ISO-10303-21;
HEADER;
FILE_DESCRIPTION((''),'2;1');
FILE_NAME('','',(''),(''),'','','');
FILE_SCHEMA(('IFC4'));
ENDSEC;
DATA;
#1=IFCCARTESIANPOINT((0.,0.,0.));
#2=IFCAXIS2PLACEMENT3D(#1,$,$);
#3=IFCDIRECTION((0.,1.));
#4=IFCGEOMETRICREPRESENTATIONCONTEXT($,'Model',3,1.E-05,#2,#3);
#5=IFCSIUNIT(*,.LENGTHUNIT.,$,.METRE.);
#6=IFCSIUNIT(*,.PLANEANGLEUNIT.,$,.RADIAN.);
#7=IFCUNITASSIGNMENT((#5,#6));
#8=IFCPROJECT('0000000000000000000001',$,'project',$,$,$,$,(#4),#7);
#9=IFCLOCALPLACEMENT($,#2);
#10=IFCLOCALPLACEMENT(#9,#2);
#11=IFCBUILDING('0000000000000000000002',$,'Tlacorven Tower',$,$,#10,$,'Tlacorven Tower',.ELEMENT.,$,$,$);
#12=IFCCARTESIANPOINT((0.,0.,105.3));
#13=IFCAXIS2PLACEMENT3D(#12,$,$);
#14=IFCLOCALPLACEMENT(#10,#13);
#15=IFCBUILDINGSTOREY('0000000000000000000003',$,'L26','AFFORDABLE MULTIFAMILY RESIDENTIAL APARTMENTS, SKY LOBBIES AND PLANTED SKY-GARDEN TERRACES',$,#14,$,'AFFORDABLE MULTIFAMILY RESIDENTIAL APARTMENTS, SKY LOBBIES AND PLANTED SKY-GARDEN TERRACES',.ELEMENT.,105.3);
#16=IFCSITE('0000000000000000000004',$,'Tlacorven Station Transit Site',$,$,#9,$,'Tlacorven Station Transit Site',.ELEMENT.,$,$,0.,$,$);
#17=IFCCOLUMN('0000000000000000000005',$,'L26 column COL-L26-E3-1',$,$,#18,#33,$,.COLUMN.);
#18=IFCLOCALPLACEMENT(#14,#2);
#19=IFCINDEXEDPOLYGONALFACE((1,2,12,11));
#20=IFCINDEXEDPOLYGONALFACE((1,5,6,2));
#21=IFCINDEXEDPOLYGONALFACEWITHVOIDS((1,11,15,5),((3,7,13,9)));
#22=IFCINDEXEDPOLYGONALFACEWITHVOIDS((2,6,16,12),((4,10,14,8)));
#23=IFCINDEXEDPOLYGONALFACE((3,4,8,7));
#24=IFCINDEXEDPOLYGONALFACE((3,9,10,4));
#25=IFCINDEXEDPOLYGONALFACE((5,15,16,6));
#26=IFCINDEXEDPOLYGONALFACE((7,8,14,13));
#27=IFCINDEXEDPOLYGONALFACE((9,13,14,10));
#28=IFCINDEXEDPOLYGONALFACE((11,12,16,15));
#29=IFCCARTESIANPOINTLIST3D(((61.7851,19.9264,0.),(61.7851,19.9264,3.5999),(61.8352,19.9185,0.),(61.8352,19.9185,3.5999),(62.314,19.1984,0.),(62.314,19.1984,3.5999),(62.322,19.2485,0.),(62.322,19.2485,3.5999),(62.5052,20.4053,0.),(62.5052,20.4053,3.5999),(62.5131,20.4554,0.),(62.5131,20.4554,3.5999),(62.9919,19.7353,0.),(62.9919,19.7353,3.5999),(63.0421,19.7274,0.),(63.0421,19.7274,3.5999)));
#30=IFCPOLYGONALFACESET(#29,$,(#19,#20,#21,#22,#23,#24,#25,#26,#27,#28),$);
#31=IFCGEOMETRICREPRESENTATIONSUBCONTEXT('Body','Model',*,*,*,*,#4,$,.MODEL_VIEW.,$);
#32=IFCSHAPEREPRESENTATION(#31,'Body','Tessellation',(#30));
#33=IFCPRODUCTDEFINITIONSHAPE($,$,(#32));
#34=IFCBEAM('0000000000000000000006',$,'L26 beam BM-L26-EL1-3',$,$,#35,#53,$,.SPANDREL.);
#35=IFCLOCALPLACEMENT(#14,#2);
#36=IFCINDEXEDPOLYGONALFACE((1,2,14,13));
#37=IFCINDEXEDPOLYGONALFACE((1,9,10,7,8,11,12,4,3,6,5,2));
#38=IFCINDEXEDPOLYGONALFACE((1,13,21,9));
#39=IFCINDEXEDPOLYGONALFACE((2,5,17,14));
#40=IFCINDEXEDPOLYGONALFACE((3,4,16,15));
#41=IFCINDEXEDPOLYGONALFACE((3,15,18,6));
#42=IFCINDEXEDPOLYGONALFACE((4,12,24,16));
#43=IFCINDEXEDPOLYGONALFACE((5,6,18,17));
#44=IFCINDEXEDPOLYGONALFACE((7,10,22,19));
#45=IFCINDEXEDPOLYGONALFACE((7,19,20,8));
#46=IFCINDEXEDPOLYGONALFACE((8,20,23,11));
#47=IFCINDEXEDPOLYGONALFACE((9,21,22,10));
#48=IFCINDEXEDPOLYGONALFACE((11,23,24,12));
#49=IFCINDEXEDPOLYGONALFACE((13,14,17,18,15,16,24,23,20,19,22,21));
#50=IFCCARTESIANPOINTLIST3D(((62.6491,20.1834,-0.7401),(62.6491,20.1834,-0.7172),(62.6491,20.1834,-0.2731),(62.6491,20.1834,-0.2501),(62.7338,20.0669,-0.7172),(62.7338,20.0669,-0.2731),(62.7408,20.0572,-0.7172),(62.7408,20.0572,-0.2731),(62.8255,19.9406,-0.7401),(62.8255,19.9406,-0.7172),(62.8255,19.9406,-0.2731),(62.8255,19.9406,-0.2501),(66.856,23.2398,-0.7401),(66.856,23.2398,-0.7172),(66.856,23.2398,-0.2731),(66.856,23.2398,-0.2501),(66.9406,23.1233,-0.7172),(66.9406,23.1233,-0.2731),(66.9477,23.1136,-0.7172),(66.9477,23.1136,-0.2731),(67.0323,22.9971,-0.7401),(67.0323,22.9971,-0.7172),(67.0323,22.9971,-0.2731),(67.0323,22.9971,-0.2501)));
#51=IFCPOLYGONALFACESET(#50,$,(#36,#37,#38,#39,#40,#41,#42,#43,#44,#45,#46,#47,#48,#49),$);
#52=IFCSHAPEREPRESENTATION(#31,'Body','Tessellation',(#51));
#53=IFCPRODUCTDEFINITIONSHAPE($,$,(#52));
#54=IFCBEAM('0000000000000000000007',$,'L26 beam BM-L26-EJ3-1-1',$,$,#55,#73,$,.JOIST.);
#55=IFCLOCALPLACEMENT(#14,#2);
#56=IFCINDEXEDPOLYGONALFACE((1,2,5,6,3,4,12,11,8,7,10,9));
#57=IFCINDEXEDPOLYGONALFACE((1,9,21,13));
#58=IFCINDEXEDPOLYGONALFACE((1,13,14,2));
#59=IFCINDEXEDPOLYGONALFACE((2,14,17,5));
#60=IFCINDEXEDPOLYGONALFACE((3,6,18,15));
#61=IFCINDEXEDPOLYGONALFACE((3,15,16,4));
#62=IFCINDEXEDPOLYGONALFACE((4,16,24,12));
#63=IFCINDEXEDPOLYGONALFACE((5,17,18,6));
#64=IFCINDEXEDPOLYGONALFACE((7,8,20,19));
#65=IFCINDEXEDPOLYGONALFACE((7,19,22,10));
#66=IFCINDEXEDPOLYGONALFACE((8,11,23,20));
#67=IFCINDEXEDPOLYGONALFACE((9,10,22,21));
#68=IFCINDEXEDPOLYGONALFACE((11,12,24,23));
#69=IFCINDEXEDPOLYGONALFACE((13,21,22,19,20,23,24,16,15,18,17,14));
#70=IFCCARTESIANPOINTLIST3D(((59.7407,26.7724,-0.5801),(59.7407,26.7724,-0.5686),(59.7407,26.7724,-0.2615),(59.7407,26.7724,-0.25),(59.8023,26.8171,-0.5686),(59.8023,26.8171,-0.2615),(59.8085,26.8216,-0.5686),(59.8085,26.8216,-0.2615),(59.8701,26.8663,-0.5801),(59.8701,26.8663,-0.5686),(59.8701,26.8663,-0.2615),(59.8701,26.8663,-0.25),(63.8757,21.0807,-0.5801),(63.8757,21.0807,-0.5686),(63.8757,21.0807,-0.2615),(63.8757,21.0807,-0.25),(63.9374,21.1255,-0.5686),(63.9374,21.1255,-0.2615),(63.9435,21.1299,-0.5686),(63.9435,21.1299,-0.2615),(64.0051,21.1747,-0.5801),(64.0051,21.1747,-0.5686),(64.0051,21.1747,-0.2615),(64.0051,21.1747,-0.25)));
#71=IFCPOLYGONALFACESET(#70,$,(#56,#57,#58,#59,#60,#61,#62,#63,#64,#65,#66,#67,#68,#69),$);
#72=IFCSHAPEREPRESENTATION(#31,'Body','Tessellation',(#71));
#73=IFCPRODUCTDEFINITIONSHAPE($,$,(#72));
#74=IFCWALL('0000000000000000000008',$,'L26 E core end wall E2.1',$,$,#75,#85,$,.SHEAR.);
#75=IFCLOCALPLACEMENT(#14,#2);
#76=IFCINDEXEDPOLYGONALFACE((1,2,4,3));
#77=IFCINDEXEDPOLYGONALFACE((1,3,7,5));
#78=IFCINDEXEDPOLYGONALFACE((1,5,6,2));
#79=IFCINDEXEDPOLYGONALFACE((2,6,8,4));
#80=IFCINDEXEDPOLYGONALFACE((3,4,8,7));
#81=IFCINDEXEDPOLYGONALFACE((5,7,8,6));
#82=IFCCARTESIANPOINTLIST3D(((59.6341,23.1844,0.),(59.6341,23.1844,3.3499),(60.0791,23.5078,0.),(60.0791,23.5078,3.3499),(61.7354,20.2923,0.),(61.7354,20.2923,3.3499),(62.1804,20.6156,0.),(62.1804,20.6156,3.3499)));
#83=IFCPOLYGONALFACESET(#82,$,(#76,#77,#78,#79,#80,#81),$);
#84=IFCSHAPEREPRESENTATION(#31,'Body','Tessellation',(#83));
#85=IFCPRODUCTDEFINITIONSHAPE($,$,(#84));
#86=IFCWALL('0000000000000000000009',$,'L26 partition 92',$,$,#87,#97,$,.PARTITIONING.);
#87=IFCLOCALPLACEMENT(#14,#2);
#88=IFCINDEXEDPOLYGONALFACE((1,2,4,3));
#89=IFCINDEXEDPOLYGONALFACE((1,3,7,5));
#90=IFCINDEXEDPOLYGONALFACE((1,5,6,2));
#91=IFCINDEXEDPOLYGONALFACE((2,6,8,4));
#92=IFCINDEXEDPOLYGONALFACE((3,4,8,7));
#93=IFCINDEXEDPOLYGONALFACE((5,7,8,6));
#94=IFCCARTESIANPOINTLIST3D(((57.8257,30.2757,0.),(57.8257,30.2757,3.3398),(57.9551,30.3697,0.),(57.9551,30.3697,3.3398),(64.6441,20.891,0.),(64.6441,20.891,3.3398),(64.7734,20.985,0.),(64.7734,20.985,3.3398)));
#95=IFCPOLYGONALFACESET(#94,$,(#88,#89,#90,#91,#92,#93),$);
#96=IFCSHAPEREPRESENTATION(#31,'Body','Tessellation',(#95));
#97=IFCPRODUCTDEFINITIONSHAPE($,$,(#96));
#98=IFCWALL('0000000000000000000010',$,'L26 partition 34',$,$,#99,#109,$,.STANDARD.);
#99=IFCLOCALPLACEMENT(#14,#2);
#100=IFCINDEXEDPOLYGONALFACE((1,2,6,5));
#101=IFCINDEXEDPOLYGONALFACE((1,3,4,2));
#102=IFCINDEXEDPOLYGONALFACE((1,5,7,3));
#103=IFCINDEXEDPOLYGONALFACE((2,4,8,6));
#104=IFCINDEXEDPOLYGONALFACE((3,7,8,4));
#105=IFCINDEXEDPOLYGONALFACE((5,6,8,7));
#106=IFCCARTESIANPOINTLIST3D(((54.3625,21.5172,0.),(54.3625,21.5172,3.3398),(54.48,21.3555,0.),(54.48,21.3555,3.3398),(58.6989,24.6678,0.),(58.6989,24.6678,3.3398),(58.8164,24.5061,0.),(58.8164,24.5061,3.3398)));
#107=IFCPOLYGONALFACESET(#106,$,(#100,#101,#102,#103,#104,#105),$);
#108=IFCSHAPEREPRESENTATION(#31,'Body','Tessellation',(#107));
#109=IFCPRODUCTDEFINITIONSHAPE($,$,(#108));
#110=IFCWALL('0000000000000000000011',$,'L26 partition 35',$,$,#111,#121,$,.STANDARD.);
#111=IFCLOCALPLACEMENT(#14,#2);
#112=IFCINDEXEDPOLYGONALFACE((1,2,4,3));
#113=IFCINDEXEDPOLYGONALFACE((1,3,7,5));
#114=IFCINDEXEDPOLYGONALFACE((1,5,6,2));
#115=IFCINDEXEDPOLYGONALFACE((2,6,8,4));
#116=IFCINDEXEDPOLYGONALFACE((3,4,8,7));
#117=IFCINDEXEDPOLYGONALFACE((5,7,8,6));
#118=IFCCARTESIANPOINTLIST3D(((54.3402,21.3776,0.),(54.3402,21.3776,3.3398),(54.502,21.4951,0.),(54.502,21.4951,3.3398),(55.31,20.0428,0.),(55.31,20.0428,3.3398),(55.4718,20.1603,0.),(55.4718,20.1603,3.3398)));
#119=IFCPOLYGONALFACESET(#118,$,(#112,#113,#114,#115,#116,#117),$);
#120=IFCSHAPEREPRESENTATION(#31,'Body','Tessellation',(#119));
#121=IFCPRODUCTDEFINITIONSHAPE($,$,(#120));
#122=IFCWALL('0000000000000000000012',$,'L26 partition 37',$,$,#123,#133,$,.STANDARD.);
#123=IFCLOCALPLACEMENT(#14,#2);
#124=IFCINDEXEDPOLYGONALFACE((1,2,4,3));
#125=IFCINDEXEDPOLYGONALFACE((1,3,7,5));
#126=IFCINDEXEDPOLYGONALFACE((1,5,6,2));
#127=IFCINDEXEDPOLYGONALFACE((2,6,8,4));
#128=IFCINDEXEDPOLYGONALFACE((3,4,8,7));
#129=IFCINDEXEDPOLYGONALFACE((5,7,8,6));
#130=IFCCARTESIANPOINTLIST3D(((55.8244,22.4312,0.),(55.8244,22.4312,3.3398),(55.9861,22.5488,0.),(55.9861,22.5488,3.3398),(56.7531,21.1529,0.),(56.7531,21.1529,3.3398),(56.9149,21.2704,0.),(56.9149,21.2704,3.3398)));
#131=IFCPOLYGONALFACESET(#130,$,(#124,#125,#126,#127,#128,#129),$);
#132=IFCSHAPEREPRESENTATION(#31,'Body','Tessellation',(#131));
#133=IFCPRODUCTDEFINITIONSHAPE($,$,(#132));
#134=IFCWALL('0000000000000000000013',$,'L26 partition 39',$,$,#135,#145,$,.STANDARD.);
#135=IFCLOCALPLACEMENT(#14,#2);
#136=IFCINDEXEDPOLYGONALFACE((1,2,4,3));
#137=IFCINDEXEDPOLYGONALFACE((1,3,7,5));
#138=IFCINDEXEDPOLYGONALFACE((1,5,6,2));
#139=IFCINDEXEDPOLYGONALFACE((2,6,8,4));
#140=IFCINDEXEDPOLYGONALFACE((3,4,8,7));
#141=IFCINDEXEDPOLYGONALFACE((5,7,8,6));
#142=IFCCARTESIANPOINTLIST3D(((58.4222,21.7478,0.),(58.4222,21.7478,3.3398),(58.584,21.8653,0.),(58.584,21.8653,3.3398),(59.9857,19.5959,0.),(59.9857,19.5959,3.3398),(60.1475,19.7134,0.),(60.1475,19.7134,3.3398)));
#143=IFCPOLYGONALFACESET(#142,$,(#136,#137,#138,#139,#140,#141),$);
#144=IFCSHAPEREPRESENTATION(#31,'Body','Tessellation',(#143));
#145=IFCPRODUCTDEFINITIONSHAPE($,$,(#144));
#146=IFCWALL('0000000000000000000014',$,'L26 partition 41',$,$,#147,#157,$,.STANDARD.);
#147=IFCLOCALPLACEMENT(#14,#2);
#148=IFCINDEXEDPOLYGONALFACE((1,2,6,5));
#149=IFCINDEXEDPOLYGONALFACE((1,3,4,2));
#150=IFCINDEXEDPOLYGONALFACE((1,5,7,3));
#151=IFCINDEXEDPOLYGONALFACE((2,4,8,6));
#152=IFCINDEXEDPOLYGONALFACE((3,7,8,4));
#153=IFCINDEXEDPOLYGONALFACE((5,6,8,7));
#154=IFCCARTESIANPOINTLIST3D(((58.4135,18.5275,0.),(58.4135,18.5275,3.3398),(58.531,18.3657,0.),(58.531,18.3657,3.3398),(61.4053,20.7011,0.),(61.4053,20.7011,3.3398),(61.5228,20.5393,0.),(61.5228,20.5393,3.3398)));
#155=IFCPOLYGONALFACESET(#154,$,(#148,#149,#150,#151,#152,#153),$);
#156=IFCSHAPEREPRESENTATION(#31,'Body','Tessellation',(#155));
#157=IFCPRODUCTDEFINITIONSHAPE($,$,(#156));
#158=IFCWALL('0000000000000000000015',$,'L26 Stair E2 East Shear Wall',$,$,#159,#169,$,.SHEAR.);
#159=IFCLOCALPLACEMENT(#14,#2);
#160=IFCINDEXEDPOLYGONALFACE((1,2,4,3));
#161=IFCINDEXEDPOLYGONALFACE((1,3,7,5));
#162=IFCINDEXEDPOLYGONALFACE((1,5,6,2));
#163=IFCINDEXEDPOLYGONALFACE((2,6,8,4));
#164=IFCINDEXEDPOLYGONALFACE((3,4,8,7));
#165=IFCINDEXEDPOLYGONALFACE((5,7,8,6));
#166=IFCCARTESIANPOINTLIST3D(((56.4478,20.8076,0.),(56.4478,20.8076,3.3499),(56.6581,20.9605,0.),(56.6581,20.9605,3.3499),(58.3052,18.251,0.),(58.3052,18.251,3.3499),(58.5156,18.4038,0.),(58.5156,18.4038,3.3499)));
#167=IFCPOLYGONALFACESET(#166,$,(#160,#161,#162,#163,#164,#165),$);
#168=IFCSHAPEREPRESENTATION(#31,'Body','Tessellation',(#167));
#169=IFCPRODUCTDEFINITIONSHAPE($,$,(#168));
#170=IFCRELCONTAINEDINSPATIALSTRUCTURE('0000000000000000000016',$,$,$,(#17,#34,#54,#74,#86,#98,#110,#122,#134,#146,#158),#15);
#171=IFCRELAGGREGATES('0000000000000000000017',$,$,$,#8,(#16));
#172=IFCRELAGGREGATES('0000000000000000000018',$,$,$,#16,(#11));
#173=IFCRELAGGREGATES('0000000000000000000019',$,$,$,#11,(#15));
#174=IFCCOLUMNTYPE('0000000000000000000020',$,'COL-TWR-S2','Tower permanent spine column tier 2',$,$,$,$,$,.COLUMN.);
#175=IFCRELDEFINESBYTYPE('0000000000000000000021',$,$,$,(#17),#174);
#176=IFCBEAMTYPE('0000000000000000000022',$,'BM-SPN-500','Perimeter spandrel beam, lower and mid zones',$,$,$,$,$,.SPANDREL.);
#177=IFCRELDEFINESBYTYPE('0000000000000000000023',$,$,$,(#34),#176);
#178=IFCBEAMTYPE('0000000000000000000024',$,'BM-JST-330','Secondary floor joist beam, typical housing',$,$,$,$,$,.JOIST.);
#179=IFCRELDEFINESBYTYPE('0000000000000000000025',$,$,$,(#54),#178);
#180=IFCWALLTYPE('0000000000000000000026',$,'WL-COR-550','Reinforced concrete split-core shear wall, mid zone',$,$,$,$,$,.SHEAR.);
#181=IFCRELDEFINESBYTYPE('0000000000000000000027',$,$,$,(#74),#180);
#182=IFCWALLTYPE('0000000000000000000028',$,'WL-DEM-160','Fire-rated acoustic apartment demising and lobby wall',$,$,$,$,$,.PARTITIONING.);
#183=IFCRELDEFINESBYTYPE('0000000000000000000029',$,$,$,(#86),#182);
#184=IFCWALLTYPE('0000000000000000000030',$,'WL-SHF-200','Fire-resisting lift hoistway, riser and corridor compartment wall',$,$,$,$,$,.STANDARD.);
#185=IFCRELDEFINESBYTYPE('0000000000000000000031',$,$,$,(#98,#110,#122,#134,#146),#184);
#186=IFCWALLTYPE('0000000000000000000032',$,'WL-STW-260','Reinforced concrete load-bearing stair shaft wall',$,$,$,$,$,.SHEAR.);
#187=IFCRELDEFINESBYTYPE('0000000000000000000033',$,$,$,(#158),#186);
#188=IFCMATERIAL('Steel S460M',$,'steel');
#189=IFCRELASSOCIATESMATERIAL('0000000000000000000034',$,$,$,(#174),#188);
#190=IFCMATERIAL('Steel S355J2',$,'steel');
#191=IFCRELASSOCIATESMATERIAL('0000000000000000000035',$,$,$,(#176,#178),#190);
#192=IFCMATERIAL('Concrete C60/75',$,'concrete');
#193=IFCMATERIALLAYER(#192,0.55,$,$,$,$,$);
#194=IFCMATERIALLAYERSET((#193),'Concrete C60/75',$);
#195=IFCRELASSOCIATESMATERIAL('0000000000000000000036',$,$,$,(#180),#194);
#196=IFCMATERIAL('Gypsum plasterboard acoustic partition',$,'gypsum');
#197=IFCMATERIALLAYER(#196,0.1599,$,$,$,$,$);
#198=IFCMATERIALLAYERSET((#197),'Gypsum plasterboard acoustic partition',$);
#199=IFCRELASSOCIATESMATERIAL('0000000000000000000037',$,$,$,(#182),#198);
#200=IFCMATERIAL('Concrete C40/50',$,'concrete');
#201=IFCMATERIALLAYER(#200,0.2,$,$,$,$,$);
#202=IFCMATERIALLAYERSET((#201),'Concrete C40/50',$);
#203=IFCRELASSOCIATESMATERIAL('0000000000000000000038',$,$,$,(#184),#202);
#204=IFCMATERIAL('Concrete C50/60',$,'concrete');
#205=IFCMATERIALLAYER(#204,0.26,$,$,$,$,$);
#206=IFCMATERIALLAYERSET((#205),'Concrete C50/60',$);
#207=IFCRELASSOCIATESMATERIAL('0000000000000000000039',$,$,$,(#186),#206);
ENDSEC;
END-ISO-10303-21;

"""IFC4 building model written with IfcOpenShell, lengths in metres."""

from ifc_helpers import new_model, si_unit, direction, frame, frame_2d, origin, origin_2d, place, context, subcontext, project, spatial, rectangle, hollow_rectangle, i_section, extrude, source, transform, mapped, material, layer, layer_set, material_profile, profile_set, type_object, element, save


model = new_model("IFC4")

# Units and contexts
model_context = context("Model", 3, precision=1e-05, world=origin(), true_north=direction((0.0, 1.0)))
body_context = subcontext(model_context, "Body", "Model", "MODEL_VIEW")
ifc_project = project(units=[si_unit("LENGTHUNIT", "METRE"), si_unit("PLANEANGLEUNIT", "RADIAN")], contexts=[model_context])

# Site, building, storey
site_placement = place(None, origin())
site = spatial("IfcSite", under=ifc_project, at=site_placement, Name="Tlacorven Station Transit Site", LongName="Tlacorven Station Transit Site", CompositionType="ELEMENT", RefElevation=0.0)
building_placement = place(site_placement, origin())
building = spatial("IfcBuilding", under=site, at=building_placement, Name="Tlacorven Tower", LongName="Tlacorven Tower", CompositionType="ELEMENT")
storey_placement = place(building_placement, frame((0.0, 0.0, 105.3)))
storey = spatial("IfcBuildingStorey", under=building, at=storey_placement, Name="L26", Description="AFFORDABLE MULTIFAMILY RESIDENTIAL APARTMENTS, SKY LOBBIES AND PLANTED SKY-GARDEN TERRACES", LongName="AFFORDABLE MULTIFAMILY RESIDENTIAL APARTMENTS, SKY LOBBIES AND PLANTED SKY-GARDEN TERRACES", CompositionType="ELEMENT", Elevation=105.3)

# Column
ifc_material_1 = material(Name="Steel S460M", Category="steel")
ifc_material_profile_1 = material_profile(ifc_material_1, hollow_rectangle(XDim=0.8999, YDim=0.8999, WallThickness=0.0359, at=origin_2d()), Name="BOX 900X900X36")
ifc_profile_set_1 = profile_set([ifc_material_profile_1], Name="Steel S460M")
column_type = type_object("IfcColumnType", Name="COL-TWR-S2", Description="Tower permanent spine column tier 2", PredefinedType="COLUMN", material=ifc_profile_set_1)
shared_shape_1 = source(origin(), body_context, "Body", "SweptSolid", [
    extrude(hollow_rectangle(XDim=0.8999, YDim=0.8999, WallThickness=0.0359, at=origin_2d()), origin(), (0.0, 0.0, 1.0), 3.5999),
])
column_placement = place(storey_placement, frame((62.4136, 19.8269, 0.0), z_axis=(0.0, 0.0, 1.0), x_axis=(0.809017, 0.587785, 0.0)))
element("IfcColumn", 1, at=column_placement, inside=storey, type_object=column_type, Name="L26 column COL-L26-E3-1", PredefinedType="COLUMN", context=body_context, shape_type="MappedRepresentation", body=[
    mapped(shared_shape_1, transform((0.0, 0.0, 0.0), scale=1.0)),
])

# Beams
ifc_material_2 = material(Name="Steel S355J2", Category="steel")
ifc_material_profile_2 = material_profile(ifc_material_2, i_section(OverallWidth=0.3, OverallDepth=0.49, WebThickness=0.012, FlangeThickness=0.0229, at=origin_2d()), Name="HEA 500")
ifc_profile_set_2 = profile_set([ifc_material_profile_2], Name="Steel S355J2")
beam_type_1 = type_object("IfcBeamType", Name="BM-SPN-500", Description="Perimeter spandrel beam, lower and mid zones", PredefinedType="SPANDREL", material=ifc_profile_set_2)
shared_shape_2 = source(origin(), body_context, "Body", "SweptSolid", [
    extrude(i_section(OverallWidth=0.3, OverallDepth=0.49, WebThickness=0.012, FlangeThickness=0.0229, at=origin_2d()), origin(), (0.0, 0.0, 1.0), 5.2),
])
beam_1_placement = place(storey_placement, frame((62.7373, 20.062, -0.4951), z_axis=(0.809018, 0.587784, 0.0), x_axis=(-0.587784, 0.809018, 0.0)))
element("IfcBeam", 2, at=beam_1_placement, inside=storey, type_object=beam_type_1, Name="L26 beam BM-L26-EL1-3", PredefinedType="SPANDREL", context=body_context, shape_type="MappedRepresentation", body=[
    mapped(shared_shape_2, transform((0.0, 0.0, 0.0), scale=1.0)),
])
ifc_material_profile_3 = material_profile(ifc_material_2, i_section(OverallWidth=0.1599, OverallDepth=0.3301, WebThickness=0.0076, FlangeThickness=0.0115, at=origin_2d()), Name="IPE 330")
ifc_profile_set_3 = profile_set([ifc_material_profile_3], Name="Steel S355J2")
beam_type_2 = type_object("IfcBeamType", Name="BM-JST-330", Description="Secondary floor joist beam, typical housing", PredefinedType="JOIST", material=ifc_profile_set_3)
shared_shape_3 = source(origin(), body_context, "Body", "SweptSolid", [
    extrude(i_section(OverallWidth=0.1599, OverallDepth=0.3301, WebThickness=0.0076, FlangeThickness=0.0115, at=origin_2d()), origin(), (0.0, 0.0, 1.0), 7.0352),
])
beam_2_placement = place(storey_placement, frame((63.9404, 21.1277, -0.415), z_axis=(-0.587765, 0.809032, 0.0), x_axis=(-0.809032, -0.587765, 0.0)))
element("IfcBeam", 3, at=beam_2_placement, inside=storey, type_object=beam_type_2, Name="L26 beam BM-L26-EJ3-1-1", PredefinedType="JOIST", context=body_context, shape_type="MappedRepresentation", body=[
    mapped(shared_shape_3, transform((0.0, 0.0, 0.0), scale=1.0)),
])

# Walls
ifc_material_3 = material(Name="Concrete C60/75", Category="concrete")
ifc_layer_1 = layer(ifc_material_3, 0.55)
ifc_layer_set_1 = layer_set([ifc_layer_1], Name="Concrete C60/75")
wall_type_1 = type_object("IfcWallType", Name="WL-COR-550", Description="Reinforced concrete split-core shear wall, mid zone", PredefinedType="SHEAR", material=ifc_layer_set_1)
wall_1_placement = place(storey_placement, frame((61.958, 20.4539, 0.0), z_axis=(0.0, 0.0, 1.0), x_axis=(-0.587802, 0.809005, 0.0)))
element("IfcWall", 4, at=wall_1_placement, inside=storey, type_object=wall_type_1, Name="L26 E core end wall E2.1", PredefinedType="SHEAR", context=body_context, shape_type="SweptSolid", body=[
    extrude(rectangle(XDim=3.575, YDim=0.55, at=frame_2d((1.7876, 0.0))), origin(), (0.0, 0.0, 1.0), 3.3499),
])
ifc_material_4 = material(Name="Gypsum plasterboard acoustic partition", Category="gypsum")
ifc_layer_2 = layer(ifc_material_4, 0.1599)
ifc_layer_set_2 = layer_set([ifc_layer_2], Name="Gypsum plasterboard acoustic partition")
wall_type_2 = type_object("IfcWallType", Name="WL-DEM-160", Description="Fire-rated acoustic apartment demising and lobby wall", PredefinedType="PARTITIONING", material=ifc_layer_set_2)
wall_2_placement = place(storey_placement, frame((64.7087, 20.938, 0.0), z_axis=(0.0, 0.0, 1.0), x_axis=(-0.587781, 0.80902, 0.0)))
element("IfcWall", 5, at=wall_2_placement, inside=storey, type_object=wall_type_2, Name="L26 partition 92", PredefinedType="PARTITIONING", context=body_context, shape_type="SweptSolid", body=[
    extrude(rectangle(XDim=11.6001, YDim=0.1599, at=frame_2d((5.8, 0.0))), origin(), (0.0, 0.0, 1.0), 3.3398),
])

# Shared definitions
ifc_material_5 = material(Name="Concrete C40/50", Category="concrete")
ifc_layer_3 = layer(ifc_material_5, 0.2)
ifc_layer_set_3 = layer_set([ifc_layer_3], Name="Concrete C40/50")
wall_type_3 = type_object("IfcWallType", Name="WL-SHF-200", Description="Fire-resisting lift hoistway, riser and corridor compartment wall", PredefinedType="STANDARD", material=ifc_layer_set_3)

# Walls
wall_3_placement = place(storey_placement, frame((54.4211, 21.4363, 0.0), z_axis=(0.0, 0.0, 1.0), x_axis=(0.809014, 0.58779, 0.0)))
element("IfcWall", 6, at=wall_3_placement, inside=storey, type_object=wall_type_3, Name="L26 partition 34", PredefinedType="STANDARD", context=body_context, shape_type="SweptSolid", body=[
    extrude(rectangle(XDim=5.3601, YDim=0.2, at=frame_2d((2.6802, 0.0))), origin(), (0.0, 0.0, 1.0), 3.3398),
])
wall_4_placement = place(storey_placement, frame((55.3909, 20.1016, 0.0), z_axis=(0.0, 0.0, 1.0), x_axis=(-0.587784, 0.809018, 0.0)))
element("IfcWall", 7, at=wall_4_placement, inside=storey, type_object=wall_type_3, Name="L26 partition 35", PredefinedType="STANDARD", context=body_context, shape_type="SweptSolid", body=[
    extrude(rectangle(XDim=1.6499, YDim=0.2, at=frame_2d((0.825, 0.0))), origin(), (0.0, 0.0, 1.0), 3.3398),
])
wall_5_placement = place(storey_placement, frame((56.834, 21.2117, 0.0), z_axis=(0.0, 0.0, 1.0), x_axis=(-0.587767, 0.80903, 0.0)))
element("IfcWall", 8, at=wall_5_placement, inside=storey, type_object=wall_type_3, Name="L26 partition 37", PredefinedType="STANDARD", context=body_context, shape_type="SweptSolid", body=[
    extrude(rectangle(XDim=1.5801, YDim=0.2, at=frame_2d((0.79, 0.0))), origin(), (0.0, 0.0, 1.0), 3.3398),
])
wall_6_placement = place(storey_placement, frame((60.0667, 19.6545, 0.0), z_axis=(0.0, 0.0, 1.0), x_axis=(-0.587801, 0.809006, 0.0)))
element("IfcWall", 9, at=wall_6_placement, inside=storey, type_object=wall_type_3, Name="L26 partition 39", PredefinedType="STANDARD", context=body_context, shape_type="SweptSolid", body=[
    extrude(rectangle(XDim=2.6599, YDim=0.2, at=frame_2d((1.3301, 0.0))), origin(), (0.0, 0.0, 1.0), 3.3398),
])
wall_7_placement = place(storey_placement, frame((58.4722, 18.4465, 0.0), z_axis=(0.0, 0.0, 1.0), x_axis=(0.809019, 0.587783, 0.0)))
element("IfcWall", 10, at=wall_7_placement, inside=storey, type_object=wall_type_3, Name="L26 partition 41", PredefinedType="STANDARD", context=body_context, shape_type="SweptSolid", body=[
    extrude(rectangle(XDim=3.698, YDim=0.2, at=frame_2d((1.8491, 0.0))), origin(), (0.0, 0.0, 1.0), 3.3398),
])
ifc_material_6 = material(Name="Concrete C50/60", Category="concrete")
ifc_layer_4 = layer(ifc_material_6, 0.26)
ifc_layer_set_4 = layer_set([ifc_layer_4], Name="Concrete C50/60")
wall_type_4 = type_object("IfcWallType", Name="WL-STW-260", Description="Reinforced concrete load-bearing stair shaft wall", PredefinedType="SHEAR", material=ifc_layer_set_4)
wall_8_placement = place(storey_placement, frame((58.4104, 18.3274, 0.0), z_axis=(0.0, 0.0, 1.0), x_axis=(-0.587767, 0.80903, 0.0)))
element("IfcWall", 11, at=wall_8_placement, inside=storey, type_object=wall_type_4, Name="L26 Stair E2 East Shear Wall", PredefinedType="SHEAR", context=body_context, shape_type="SweptSolid", body=[
    extrude(rectangle(XDim=3.1602, YDim=0.26, at=frame_2d((1.5801, 0.0))), origin(), (0.0, 0.0, 1.0), 3.3499),
])

save(model, "model.ifc")
